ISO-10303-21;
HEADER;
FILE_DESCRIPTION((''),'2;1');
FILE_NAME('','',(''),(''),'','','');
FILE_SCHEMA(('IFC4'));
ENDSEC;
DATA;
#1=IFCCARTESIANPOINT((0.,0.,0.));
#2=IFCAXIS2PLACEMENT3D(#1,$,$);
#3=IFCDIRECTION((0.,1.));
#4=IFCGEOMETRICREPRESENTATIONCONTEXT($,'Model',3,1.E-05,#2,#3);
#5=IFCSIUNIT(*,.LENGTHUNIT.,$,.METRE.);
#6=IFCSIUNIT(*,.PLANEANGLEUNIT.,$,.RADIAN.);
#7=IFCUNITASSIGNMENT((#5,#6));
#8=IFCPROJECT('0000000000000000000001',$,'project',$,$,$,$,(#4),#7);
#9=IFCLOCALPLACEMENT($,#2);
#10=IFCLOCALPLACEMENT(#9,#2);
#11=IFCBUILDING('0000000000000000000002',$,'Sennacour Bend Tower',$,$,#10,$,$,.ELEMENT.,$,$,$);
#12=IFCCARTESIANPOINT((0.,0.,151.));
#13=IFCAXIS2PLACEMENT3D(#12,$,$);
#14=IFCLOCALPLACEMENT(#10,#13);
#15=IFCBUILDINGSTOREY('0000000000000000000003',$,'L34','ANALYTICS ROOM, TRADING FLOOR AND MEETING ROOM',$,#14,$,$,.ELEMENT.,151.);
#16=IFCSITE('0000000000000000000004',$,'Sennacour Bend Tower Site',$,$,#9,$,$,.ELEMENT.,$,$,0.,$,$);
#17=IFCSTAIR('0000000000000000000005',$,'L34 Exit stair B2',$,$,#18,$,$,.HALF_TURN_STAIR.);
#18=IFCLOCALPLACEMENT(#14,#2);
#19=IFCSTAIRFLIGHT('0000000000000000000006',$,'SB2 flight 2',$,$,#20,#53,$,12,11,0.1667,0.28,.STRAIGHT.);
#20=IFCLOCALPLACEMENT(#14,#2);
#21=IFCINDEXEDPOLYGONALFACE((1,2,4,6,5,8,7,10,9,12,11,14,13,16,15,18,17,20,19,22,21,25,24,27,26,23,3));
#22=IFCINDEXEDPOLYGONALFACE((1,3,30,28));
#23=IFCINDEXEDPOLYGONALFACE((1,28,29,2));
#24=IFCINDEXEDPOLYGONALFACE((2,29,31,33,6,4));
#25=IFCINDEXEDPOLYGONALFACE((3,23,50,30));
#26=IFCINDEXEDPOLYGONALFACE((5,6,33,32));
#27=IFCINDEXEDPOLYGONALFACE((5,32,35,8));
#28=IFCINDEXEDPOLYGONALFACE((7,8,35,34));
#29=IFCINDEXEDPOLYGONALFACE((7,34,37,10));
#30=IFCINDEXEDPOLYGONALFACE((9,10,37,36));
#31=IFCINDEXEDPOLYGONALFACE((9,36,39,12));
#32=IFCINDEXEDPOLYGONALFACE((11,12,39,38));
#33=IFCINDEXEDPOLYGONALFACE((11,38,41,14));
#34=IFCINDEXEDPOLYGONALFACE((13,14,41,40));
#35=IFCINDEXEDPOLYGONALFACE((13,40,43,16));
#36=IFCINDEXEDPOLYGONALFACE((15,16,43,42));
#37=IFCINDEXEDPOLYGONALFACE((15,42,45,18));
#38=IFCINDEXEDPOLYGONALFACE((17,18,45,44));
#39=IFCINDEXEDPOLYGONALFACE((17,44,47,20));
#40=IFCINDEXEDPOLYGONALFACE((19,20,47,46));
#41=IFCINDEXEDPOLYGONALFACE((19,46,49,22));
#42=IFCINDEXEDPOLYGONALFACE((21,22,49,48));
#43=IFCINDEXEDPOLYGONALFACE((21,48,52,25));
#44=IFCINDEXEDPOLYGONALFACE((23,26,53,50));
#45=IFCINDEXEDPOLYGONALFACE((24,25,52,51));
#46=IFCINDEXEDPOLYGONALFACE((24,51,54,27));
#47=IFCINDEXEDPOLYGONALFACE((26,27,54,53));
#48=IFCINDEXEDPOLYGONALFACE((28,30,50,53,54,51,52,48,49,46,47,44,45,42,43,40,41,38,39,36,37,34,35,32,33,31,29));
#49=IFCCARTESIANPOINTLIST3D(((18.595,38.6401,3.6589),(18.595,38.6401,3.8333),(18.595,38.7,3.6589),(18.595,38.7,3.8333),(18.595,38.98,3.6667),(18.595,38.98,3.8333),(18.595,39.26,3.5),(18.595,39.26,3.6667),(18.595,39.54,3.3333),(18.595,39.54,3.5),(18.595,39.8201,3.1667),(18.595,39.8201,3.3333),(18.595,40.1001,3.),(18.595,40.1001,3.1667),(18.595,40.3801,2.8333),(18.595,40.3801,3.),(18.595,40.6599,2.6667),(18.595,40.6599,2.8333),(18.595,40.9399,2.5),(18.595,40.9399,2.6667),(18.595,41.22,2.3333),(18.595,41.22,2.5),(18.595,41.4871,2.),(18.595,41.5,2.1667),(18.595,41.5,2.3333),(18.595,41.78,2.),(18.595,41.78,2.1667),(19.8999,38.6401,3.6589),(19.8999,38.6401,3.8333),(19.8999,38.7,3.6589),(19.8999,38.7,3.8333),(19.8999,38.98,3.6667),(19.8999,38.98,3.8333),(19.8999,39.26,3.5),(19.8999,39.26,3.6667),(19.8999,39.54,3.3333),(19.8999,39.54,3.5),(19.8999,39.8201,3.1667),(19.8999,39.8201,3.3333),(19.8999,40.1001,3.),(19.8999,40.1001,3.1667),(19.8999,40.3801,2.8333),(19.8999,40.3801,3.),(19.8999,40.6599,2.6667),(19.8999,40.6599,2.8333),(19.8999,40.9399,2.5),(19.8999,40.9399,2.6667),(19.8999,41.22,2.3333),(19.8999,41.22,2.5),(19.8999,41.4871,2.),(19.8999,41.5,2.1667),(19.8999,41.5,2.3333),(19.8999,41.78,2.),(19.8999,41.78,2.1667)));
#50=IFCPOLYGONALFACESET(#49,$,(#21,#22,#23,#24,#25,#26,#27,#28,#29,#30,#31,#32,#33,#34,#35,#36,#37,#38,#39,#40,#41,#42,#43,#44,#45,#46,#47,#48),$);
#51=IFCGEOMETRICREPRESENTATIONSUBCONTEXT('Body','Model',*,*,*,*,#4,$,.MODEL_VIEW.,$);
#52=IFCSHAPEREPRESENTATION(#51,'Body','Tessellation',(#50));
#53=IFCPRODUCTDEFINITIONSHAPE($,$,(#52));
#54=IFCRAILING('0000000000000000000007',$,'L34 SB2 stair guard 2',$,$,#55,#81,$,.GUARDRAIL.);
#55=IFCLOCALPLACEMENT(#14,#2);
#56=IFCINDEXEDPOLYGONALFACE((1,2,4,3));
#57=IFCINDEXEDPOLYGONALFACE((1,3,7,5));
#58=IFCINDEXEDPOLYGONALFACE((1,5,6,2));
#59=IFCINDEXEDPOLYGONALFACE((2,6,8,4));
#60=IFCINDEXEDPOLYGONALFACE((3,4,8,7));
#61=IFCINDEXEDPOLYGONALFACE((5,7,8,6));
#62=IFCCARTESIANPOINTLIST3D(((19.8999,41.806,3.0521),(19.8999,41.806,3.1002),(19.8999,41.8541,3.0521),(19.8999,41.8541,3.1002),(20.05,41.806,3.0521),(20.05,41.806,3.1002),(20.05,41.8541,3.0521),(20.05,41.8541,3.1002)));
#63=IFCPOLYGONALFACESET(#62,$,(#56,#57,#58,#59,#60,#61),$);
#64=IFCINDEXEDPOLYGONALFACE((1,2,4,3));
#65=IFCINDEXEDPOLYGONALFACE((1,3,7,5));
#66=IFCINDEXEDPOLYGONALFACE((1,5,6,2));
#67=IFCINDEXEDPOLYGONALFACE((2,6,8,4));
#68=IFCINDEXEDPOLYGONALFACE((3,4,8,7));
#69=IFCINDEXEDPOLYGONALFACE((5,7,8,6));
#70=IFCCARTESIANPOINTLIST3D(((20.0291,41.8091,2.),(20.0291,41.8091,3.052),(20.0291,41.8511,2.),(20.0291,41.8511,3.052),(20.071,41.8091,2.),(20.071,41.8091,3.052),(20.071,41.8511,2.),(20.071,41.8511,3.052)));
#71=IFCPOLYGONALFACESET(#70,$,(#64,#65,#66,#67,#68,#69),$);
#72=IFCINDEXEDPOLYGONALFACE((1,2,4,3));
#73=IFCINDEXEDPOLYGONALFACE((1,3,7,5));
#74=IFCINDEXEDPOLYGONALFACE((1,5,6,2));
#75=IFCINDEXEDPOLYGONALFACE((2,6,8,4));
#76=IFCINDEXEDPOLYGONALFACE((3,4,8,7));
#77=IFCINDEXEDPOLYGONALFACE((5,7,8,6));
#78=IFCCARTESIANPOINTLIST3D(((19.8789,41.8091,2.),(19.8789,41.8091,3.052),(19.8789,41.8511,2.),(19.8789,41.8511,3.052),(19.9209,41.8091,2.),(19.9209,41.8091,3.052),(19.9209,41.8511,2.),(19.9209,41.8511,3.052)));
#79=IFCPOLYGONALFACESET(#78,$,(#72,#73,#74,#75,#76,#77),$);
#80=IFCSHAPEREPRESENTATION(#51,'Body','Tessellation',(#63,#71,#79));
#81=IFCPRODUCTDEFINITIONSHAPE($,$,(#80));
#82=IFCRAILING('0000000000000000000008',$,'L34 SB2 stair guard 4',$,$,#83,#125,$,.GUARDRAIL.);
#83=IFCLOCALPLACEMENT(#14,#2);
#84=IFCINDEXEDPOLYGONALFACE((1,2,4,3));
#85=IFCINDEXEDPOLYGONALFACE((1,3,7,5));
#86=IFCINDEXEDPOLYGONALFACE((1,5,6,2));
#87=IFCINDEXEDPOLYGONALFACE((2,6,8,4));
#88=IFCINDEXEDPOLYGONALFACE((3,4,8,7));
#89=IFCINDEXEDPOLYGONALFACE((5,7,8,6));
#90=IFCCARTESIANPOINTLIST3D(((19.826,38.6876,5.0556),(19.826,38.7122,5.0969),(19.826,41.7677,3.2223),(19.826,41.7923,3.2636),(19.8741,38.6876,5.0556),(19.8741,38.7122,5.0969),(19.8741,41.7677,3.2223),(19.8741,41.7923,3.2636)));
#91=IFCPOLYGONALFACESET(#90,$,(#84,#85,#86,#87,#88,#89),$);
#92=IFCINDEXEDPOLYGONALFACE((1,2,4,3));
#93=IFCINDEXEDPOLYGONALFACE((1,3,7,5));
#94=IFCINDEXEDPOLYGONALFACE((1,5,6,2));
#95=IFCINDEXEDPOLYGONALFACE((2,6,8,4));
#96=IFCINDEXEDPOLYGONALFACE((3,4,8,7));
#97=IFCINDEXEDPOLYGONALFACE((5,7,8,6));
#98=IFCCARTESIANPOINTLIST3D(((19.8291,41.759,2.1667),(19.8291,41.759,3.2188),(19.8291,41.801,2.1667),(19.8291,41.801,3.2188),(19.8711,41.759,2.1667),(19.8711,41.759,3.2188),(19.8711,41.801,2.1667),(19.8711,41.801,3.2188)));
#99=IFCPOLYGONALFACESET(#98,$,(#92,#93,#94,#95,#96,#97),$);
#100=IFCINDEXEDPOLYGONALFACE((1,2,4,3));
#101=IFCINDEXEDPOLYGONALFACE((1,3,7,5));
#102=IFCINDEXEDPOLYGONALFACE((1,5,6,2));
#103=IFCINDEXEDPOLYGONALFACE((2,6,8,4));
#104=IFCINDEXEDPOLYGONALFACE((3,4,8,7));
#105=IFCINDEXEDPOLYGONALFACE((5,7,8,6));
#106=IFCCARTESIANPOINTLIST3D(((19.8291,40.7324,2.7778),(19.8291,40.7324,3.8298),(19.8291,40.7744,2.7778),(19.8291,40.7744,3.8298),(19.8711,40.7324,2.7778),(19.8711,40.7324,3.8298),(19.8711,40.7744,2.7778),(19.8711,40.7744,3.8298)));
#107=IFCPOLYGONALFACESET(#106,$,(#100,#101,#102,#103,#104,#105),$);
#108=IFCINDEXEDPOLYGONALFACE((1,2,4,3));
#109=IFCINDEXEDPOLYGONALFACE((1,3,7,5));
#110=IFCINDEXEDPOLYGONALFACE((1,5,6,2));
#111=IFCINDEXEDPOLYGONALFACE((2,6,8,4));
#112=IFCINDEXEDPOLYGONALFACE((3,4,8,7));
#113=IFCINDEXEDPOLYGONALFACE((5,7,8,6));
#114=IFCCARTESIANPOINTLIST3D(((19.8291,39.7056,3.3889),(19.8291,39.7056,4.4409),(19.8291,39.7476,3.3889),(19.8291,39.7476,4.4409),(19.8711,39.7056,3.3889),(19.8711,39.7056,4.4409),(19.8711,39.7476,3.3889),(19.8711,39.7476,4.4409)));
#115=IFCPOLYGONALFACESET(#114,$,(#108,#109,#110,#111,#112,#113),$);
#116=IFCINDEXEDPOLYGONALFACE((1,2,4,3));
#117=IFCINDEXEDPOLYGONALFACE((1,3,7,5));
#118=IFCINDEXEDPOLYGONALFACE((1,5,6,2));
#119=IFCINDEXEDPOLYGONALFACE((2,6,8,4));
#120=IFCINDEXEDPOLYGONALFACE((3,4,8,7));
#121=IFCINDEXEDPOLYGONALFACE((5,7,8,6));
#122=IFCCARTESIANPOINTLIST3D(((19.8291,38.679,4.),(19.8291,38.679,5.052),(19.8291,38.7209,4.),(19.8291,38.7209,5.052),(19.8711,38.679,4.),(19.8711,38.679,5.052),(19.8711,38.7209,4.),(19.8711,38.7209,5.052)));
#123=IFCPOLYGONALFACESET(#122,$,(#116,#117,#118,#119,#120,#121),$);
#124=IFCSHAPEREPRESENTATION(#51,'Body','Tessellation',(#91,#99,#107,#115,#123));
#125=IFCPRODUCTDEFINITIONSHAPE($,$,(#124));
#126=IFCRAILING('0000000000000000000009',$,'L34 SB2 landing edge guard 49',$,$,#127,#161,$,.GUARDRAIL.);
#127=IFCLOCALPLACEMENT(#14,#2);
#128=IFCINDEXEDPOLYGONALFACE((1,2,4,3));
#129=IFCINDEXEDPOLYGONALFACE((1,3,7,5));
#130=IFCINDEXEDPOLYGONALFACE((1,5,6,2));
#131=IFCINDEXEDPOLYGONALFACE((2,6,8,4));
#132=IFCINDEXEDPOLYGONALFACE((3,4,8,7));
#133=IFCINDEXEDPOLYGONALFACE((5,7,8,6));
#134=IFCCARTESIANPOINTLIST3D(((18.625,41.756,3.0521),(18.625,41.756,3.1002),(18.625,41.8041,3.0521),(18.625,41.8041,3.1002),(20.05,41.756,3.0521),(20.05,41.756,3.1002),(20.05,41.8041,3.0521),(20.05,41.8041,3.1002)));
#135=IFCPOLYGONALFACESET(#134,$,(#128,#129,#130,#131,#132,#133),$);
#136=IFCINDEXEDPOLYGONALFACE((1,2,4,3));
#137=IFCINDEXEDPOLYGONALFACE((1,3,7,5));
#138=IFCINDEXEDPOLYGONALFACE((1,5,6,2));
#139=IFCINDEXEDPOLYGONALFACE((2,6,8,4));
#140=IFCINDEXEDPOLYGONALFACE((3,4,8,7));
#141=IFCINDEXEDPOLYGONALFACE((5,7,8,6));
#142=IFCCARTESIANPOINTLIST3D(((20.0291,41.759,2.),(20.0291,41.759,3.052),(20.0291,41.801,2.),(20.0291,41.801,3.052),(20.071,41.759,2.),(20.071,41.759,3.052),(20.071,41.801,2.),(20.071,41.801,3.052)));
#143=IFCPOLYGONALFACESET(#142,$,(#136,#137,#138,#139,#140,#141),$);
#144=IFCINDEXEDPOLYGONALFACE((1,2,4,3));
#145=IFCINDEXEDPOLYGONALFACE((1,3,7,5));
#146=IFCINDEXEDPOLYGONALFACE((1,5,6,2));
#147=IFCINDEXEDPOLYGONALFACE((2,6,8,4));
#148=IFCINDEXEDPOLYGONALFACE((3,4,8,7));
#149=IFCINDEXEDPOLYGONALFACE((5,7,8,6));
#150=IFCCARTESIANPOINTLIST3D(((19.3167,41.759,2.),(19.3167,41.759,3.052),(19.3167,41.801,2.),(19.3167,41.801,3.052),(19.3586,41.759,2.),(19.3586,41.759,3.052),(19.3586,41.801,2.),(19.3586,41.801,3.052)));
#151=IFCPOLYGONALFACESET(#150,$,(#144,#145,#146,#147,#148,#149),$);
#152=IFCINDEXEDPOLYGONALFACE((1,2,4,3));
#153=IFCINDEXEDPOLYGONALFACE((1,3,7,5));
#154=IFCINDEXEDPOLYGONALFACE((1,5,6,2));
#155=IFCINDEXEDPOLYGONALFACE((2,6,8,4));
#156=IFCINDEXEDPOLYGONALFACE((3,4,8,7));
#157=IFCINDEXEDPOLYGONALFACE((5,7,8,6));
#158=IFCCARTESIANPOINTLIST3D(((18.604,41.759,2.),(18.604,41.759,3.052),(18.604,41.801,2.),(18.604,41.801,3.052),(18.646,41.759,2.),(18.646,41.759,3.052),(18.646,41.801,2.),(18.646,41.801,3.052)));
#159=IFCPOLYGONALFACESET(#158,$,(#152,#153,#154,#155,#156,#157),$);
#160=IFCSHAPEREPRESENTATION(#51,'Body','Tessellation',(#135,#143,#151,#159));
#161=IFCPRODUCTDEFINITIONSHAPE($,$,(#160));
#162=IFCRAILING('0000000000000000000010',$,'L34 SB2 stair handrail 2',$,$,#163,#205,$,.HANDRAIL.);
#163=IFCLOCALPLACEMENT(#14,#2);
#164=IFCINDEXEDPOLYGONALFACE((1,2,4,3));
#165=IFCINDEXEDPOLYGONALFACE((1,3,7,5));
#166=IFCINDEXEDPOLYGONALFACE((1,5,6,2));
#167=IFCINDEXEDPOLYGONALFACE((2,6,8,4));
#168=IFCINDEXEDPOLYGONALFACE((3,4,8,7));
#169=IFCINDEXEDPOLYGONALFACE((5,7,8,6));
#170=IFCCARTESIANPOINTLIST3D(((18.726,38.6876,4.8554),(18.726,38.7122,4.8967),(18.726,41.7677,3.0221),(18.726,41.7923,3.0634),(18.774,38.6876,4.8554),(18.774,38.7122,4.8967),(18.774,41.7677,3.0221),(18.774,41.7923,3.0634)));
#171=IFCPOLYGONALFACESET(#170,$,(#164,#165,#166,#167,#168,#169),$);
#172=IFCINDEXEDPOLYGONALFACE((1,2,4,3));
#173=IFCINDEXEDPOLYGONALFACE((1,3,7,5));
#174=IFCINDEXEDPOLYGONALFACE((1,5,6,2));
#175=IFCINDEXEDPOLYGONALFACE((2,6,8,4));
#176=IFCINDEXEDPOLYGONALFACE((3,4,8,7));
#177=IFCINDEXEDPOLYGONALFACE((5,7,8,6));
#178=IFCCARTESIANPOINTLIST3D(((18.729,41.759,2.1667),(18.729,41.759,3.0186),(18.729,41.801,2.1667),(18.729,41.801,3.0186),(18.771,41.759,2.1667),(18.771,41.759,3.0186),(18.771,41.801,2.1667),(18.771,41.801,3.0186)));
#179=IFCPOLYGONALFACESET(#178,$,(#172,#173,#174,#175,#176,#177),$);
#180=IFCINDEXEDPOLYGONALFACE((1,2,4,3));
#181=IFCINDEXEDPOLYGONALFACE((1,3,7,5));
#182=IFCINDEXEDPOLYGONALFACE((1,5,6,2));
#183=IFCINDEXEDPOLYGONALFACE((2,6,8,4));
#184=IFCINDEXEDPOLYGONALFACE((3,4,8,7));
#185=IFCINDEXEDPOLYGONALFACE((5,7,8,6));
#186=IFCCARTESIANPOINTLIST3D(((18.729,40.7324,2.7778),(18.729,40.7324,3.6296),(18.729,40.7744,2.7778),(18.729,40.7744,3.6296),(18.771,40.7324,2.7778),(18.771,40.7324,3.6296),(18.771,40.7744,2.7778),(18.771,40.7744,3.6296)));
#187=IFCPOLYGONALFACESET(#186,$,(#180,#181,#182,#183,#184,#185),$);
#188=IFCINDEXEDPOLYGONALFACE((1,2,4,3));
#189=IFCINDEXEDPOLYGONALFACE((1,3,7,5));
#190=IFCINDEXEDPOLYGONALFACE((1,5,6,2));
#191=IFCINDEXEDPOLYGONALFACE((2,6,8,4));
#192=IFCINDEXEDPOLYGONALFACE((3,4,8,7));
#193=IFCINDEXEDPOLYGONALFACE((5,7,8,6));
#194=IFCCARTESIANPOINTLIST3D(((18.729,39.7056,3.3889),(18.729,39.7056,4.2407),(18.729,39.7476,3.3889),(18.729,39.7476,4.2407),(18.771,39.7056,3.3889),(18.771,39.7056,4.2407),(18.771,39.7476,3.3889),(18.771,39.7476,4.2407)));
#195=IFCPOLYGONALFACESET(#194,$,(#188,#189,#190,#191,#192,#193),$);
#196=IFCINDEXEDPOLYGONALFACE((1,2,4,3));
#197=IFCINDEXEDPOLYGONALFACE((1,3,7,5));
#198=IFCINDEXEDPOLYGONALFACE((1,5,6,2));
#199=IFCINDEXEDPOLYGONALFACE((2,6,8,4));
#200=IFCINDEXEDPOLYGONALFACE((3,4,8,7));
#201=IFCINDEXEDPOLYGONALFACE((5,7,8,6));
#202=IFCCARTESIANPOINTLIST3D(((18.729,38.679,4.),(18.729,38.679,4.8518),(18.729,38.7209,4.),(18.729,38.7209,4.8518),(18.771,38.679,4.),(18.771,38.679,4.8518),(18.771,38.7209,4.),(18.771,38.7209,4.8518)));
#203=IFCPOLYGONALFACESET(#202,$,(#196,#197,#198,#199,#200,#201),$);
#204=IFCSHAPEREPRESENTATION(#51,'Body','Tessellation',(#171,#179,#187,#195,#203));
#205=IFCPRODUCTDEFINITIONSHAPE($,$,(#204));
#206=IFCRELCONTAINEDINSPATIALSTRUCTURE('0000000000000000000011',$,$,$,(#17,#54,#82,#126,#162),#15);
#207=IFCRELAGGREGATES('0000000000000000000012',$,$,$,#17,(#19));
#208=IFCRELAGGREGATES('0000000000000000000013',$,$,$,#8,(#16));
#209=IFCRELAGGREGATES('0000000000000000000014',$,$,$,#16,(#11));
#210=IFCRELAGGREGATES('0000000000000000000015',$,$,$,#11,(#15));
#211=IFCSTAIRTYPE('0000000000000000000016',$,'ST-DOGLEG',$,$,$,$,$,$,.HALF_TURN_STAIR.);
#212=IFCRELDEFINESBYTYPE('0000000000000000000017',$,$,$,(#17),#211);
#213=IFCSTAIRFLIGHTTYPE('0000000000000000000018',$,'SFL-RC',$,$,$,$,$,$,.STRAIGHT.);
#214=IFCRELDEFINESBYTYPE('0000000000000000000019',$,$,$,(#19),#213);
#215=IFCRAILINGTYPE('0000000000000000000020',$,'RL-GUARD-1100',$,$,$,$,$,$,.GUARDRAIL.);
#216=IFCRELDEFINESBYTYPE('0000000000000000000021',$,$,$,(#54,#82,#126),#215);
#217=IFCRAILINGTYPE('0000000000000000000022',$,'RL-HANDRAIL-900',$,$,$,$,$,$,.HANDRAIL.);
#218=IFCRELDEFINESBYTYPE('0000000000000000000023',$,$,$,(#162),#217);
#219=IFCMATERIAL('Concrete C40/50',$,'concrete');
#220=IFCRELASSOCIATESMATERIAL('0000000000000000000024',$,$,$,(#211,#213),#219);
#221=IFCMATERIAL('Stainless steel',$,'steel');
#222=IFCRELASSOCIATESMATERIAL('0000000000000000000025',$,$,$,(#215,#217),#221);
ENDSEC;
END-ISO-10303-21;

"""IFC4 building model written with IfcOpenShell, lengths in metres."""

from ifc_helpers import new_model, si_unit, direction, frame, origin, origin_2d, place, context, subcontext, project, spatial, polyline, rectangle, outline, extrude, material, type_object, element, aggregate, save


model = new_model("IFC4")

# Units and contexts
model_context = context("Model", 3, precision=1e-05, world=origin(), true_north=direction((0.0, 1.0)))
body_context = subcontext(model_context, "Body", "Model", "MODEL_VIEW")
ifc_project = project(units=[si_unit("LENGTHUNIT", "METRE"), si_unit("PLANEANGLEUNIT", "RADIAN")], contexts=[model_context])

# Site, building, storey
site_placement = place(None, origin())
site = spatial("IfcSite", under=ifc_project, at=site_placement, Name="Sennacour Bend Tower Site", CompositionType="ELEMENT", RefElevation=0.0)
building_placement = place(site_placement, origin())
building = spatial("IfcBuilding", under=site, at=building_placement, Name="Sennacour Bend Tower", CompositionType="ELEMENT")
storey_placement = place(building_placement, frame((0.0, 0.0, 151.0)))
storey = spatial("IfcBuildingStorey", under=building, at=storey_placement, Name="L34", Description="ANALYTICS ROOM, TRADING FLOOR AND MEETING ROOM", CompositionType="ELEMENT", Elevation=151.0)

# Stair, stair flight
ifc_material_1 = material(Name="Concrete C40/50", Category="concrete")
stair_type = type_object("IfcStairType", Name="ST-DOGLEG", PredefinedType="HALF_TURN_STAIR", material=ifc_material_1)
stair_placement = place(storey_placement, origin())
stair = element("IfcStair", 1, at=stair_placement, inside=storey, type_object=stair_type, Name="L34 Exit stair B2", PredefinedType="HALF_TURN_STAIR")
stair_flight_type = type_object("IfcStairFlightType", Name="SFL-RC", PredefinedType="STRAIGHT", material=ifc_material_1)
stair_flight_placement = place(storey_placement, frame((19.2476, 41.78, 2.0), z_axis=(0.0, 0.0, 1.0), x_axis=(0.0, -1.0, 0.0)))
stair_flight = element("IfcStairFlight", 2, at=stair_flight_placement, type_object=stair_flight_type, Name="SB2 flight 2", NumberOfRisers=12, NumberOfTreads=11, PredefinedType="STRAIGHT", RiserHeight=0.1667, TreadLength=0.28, context=body_context, shape_type="SweptSolid", body=[
    extrude(outline(polyline([(0.0, 0.0), (0.0, 0.1667), (0.28, 0.1667), (0.28, 0.3333), (0.5601, 0.3333), (0.5601, 0.5), (0.8401, 0.5), (0.8401, 0.6667), (1.1201, 0.6667), (1.1201, 0.8333), (1.3999, 0.8333), (1.3999, 1.0), (1.6799, 1.0), (1.6799, 1.1667), (1.96, 1.1667), (1.96, 1.3333), (2.24, 1.3333), (2.24, 1.5), (2.52, 1.5), (2.52, 1.6667), (2.8, 1.6667), (2.8, 1.8333), (3.0801, 1.8333), (3.1399, 1.8333), (3.1399, 1.6589), (3.0801, 1.6589), (0.293, 0.0), (0.0, 0.0)])), frame((0.0, 0.6523, 0.0), z_axis=(0.0, -1.0, 0.0), x_axis=(1.0, 0.0, 0.0)), (0.0, 0.0, 1.0), 1.3049),
])
aggregate(stair, [stair_flight])

# Railings
ifc_material_2 = material(Name="Stainless steel", Category="steel")
railing_type_1 = type_object("IfcRailingType", Name="RL-GUARD-1100", PredefinedType="GUARDRAIL", material=ifc_material_2)
railing_1_placement = place(storey_placement, frame((20.05, 41.8301, 2.0)))
element("IfcRailing", 3, at=railing_1_placement, inside=storey, type_object=railing_type_1, Name="L34 SB2 stair guard 2", PredefinedType="GUARDRAIL", context=body_context, shape_type="SweptSolid", body=[
    extrude(rectangle(XDim=0.0481, YDim=0.0481, at=origin_2d()), frame((0.0, 0.0, 1.0762), z_axis=(-1.0, 0.0, 0.0), x_axis=(0.0, -1.0, 0.0)), (0.0, 0.0, 1.0), 0.1501),
    extrude(rectangle(XDim=0.042, YDim=0.042, at=origin_2d()), origin(), (0.0, 0.0, 1.0), 1.052),
    extrude(rectangle(XDim=0.042, YDim=0.042, at=origin_2d()), frame((-0.1501, 0.0, 0.0)), (0.0, 0.0, 1.0), 1.052),
])
railing_2_placement = place(storey_placement, frame((19.8501, 41.78, 2.1667)))
element("IfcRailing", 4, at=railing_2_placement, inside=storey, type_object=railing_type_1, Name="L34 SB2 stair guard 4", PredefinedType="GUARDRAIL", context=body_context, shape_type="SweptSolid", body=[
    extrude(rectangle(XDim=0.0481, YDim=0.0481, at=origin_2d()), frame((0.0, 0.0, 1.0762), z_axis=(0.0, -0.859309, 0.511458), x_axis=(1.0, 0.0, 0.0)), (0.0, 0.0, 1.0), 3.5845),
    extrude(rectangle(XDim=0.042, YDim=0.042, at=origin_2d()), origin(), (0.0, 0.0, 1.0), 1.052),
    extrude(rectangle(XDim=0.042, YDim=0.042, at=origin_2d()), frame((0.0, -1.0266, 0.6111)), (0.0, 0.0, 1.0), 1.052),
    extrude(rectangle(XDim=0.042, YDim=0.042, at=origin_2d()), frame((0.0, -2.0535, 1.2222)), (0.0, 0.0, 1.0), 1.052),
    extrude(rectangle(XDim=0.042, YDim=0.042, at=origin_2d()), frame((0.0, -3.0801, 1.8333)), (0.0, 0.0, 1.0), 1.052),
])
railing_3_placement = place(storey_placement, frame((20.05, 41.78, 2.0)))
element("IfcRailing", 5, at=railing_3_placement, inside=storey, type_object=railing_type_1, Name="L34 SB2 landing edge guard 49", PredefinedType="GUARDRAIL", context=body_context, shape_type="SweptSolid", body=[
    extrude(rectangle(XDim=0.0481, YDim=0.0481, at=origin_2d()), frame((0.0, 0.0, 1.0762), z_axis=(-1.0, 0.0, 0.0), x_axis=(0.0, -1.0, 0.0)), (0.0, 0.0, 1.0), 1.425),
    extrude(rectangle(XDim=0.042, YDim=0.042, at=origin_2d()), origin(), (0.0, 0.0, 1.0), 1.052),
    extrude(rectangle(XDim=0.042, YDim=0.042, at=origin_2d()), frame((-0.7124, 0.0, 0.0)), (0.0, 0.0, 1.0), 1.052),
    extrude(rectangle(XDim=0.042, YDim=0.042, at=origin_2d()), frame((-1.425, 0.0, 0.0)), (0.0, 0.0, 1.0), 1.052),
])
railing_type_2 = type_object("IfcRailingType", Name="RL-HANDRAIL-900", PredefinedType="HANDRAIL", material=ifc_material_2)
railing_4_placement = place(storey_placement, frame((18.75, 41.78, 2.1667)))
element("IfcRailing", 6, at=railing_4_placement, inside=storey, type_object=railing_type_2, Name="L34 SB2 stair handrail 2", PredefinedType="HANDRAIL", context=body_context, shape_type="SweptSolid", body=[
    extrude(rectangle(XDim=0.0481, YDim=0.0481, at=origin_2d()), frame((0.0, 0.0, 0.876), z_axis=(0.0, -0.859309, 0.511458), x_axis=(1.0, 0.0, 0.0)), (0.0, 0.0, 1.0), 3.5845),
    extrude(rectangle(XDim=0.042, YDim=0.042, at=origin_2d()), origin(), (0.0, 0.0, 1.0), 0.8518),
    extrude(rectangle(XDim=0.042, YDim=0.042, at=origin_2d()), frame((0.0, -1.0266, 0.6111)), (0.0, 0.0, 1.0), 0.8518),
    extrude(rectangle(XDim=0.042, YDim=0.042, at=origin_2d()), frame((0.0, -2.0535, 1.2222)), (0.0, 0.0, 1.0), 0.8518),
    extrude(rectangle(XDim=0.042, YDim=0.042, at=origin_2d()), frame((0.0, -3.0801, 1.8333)), (0.0, 0.0, 1.0), 0.8518),
])

save(model, "model.ifc")
